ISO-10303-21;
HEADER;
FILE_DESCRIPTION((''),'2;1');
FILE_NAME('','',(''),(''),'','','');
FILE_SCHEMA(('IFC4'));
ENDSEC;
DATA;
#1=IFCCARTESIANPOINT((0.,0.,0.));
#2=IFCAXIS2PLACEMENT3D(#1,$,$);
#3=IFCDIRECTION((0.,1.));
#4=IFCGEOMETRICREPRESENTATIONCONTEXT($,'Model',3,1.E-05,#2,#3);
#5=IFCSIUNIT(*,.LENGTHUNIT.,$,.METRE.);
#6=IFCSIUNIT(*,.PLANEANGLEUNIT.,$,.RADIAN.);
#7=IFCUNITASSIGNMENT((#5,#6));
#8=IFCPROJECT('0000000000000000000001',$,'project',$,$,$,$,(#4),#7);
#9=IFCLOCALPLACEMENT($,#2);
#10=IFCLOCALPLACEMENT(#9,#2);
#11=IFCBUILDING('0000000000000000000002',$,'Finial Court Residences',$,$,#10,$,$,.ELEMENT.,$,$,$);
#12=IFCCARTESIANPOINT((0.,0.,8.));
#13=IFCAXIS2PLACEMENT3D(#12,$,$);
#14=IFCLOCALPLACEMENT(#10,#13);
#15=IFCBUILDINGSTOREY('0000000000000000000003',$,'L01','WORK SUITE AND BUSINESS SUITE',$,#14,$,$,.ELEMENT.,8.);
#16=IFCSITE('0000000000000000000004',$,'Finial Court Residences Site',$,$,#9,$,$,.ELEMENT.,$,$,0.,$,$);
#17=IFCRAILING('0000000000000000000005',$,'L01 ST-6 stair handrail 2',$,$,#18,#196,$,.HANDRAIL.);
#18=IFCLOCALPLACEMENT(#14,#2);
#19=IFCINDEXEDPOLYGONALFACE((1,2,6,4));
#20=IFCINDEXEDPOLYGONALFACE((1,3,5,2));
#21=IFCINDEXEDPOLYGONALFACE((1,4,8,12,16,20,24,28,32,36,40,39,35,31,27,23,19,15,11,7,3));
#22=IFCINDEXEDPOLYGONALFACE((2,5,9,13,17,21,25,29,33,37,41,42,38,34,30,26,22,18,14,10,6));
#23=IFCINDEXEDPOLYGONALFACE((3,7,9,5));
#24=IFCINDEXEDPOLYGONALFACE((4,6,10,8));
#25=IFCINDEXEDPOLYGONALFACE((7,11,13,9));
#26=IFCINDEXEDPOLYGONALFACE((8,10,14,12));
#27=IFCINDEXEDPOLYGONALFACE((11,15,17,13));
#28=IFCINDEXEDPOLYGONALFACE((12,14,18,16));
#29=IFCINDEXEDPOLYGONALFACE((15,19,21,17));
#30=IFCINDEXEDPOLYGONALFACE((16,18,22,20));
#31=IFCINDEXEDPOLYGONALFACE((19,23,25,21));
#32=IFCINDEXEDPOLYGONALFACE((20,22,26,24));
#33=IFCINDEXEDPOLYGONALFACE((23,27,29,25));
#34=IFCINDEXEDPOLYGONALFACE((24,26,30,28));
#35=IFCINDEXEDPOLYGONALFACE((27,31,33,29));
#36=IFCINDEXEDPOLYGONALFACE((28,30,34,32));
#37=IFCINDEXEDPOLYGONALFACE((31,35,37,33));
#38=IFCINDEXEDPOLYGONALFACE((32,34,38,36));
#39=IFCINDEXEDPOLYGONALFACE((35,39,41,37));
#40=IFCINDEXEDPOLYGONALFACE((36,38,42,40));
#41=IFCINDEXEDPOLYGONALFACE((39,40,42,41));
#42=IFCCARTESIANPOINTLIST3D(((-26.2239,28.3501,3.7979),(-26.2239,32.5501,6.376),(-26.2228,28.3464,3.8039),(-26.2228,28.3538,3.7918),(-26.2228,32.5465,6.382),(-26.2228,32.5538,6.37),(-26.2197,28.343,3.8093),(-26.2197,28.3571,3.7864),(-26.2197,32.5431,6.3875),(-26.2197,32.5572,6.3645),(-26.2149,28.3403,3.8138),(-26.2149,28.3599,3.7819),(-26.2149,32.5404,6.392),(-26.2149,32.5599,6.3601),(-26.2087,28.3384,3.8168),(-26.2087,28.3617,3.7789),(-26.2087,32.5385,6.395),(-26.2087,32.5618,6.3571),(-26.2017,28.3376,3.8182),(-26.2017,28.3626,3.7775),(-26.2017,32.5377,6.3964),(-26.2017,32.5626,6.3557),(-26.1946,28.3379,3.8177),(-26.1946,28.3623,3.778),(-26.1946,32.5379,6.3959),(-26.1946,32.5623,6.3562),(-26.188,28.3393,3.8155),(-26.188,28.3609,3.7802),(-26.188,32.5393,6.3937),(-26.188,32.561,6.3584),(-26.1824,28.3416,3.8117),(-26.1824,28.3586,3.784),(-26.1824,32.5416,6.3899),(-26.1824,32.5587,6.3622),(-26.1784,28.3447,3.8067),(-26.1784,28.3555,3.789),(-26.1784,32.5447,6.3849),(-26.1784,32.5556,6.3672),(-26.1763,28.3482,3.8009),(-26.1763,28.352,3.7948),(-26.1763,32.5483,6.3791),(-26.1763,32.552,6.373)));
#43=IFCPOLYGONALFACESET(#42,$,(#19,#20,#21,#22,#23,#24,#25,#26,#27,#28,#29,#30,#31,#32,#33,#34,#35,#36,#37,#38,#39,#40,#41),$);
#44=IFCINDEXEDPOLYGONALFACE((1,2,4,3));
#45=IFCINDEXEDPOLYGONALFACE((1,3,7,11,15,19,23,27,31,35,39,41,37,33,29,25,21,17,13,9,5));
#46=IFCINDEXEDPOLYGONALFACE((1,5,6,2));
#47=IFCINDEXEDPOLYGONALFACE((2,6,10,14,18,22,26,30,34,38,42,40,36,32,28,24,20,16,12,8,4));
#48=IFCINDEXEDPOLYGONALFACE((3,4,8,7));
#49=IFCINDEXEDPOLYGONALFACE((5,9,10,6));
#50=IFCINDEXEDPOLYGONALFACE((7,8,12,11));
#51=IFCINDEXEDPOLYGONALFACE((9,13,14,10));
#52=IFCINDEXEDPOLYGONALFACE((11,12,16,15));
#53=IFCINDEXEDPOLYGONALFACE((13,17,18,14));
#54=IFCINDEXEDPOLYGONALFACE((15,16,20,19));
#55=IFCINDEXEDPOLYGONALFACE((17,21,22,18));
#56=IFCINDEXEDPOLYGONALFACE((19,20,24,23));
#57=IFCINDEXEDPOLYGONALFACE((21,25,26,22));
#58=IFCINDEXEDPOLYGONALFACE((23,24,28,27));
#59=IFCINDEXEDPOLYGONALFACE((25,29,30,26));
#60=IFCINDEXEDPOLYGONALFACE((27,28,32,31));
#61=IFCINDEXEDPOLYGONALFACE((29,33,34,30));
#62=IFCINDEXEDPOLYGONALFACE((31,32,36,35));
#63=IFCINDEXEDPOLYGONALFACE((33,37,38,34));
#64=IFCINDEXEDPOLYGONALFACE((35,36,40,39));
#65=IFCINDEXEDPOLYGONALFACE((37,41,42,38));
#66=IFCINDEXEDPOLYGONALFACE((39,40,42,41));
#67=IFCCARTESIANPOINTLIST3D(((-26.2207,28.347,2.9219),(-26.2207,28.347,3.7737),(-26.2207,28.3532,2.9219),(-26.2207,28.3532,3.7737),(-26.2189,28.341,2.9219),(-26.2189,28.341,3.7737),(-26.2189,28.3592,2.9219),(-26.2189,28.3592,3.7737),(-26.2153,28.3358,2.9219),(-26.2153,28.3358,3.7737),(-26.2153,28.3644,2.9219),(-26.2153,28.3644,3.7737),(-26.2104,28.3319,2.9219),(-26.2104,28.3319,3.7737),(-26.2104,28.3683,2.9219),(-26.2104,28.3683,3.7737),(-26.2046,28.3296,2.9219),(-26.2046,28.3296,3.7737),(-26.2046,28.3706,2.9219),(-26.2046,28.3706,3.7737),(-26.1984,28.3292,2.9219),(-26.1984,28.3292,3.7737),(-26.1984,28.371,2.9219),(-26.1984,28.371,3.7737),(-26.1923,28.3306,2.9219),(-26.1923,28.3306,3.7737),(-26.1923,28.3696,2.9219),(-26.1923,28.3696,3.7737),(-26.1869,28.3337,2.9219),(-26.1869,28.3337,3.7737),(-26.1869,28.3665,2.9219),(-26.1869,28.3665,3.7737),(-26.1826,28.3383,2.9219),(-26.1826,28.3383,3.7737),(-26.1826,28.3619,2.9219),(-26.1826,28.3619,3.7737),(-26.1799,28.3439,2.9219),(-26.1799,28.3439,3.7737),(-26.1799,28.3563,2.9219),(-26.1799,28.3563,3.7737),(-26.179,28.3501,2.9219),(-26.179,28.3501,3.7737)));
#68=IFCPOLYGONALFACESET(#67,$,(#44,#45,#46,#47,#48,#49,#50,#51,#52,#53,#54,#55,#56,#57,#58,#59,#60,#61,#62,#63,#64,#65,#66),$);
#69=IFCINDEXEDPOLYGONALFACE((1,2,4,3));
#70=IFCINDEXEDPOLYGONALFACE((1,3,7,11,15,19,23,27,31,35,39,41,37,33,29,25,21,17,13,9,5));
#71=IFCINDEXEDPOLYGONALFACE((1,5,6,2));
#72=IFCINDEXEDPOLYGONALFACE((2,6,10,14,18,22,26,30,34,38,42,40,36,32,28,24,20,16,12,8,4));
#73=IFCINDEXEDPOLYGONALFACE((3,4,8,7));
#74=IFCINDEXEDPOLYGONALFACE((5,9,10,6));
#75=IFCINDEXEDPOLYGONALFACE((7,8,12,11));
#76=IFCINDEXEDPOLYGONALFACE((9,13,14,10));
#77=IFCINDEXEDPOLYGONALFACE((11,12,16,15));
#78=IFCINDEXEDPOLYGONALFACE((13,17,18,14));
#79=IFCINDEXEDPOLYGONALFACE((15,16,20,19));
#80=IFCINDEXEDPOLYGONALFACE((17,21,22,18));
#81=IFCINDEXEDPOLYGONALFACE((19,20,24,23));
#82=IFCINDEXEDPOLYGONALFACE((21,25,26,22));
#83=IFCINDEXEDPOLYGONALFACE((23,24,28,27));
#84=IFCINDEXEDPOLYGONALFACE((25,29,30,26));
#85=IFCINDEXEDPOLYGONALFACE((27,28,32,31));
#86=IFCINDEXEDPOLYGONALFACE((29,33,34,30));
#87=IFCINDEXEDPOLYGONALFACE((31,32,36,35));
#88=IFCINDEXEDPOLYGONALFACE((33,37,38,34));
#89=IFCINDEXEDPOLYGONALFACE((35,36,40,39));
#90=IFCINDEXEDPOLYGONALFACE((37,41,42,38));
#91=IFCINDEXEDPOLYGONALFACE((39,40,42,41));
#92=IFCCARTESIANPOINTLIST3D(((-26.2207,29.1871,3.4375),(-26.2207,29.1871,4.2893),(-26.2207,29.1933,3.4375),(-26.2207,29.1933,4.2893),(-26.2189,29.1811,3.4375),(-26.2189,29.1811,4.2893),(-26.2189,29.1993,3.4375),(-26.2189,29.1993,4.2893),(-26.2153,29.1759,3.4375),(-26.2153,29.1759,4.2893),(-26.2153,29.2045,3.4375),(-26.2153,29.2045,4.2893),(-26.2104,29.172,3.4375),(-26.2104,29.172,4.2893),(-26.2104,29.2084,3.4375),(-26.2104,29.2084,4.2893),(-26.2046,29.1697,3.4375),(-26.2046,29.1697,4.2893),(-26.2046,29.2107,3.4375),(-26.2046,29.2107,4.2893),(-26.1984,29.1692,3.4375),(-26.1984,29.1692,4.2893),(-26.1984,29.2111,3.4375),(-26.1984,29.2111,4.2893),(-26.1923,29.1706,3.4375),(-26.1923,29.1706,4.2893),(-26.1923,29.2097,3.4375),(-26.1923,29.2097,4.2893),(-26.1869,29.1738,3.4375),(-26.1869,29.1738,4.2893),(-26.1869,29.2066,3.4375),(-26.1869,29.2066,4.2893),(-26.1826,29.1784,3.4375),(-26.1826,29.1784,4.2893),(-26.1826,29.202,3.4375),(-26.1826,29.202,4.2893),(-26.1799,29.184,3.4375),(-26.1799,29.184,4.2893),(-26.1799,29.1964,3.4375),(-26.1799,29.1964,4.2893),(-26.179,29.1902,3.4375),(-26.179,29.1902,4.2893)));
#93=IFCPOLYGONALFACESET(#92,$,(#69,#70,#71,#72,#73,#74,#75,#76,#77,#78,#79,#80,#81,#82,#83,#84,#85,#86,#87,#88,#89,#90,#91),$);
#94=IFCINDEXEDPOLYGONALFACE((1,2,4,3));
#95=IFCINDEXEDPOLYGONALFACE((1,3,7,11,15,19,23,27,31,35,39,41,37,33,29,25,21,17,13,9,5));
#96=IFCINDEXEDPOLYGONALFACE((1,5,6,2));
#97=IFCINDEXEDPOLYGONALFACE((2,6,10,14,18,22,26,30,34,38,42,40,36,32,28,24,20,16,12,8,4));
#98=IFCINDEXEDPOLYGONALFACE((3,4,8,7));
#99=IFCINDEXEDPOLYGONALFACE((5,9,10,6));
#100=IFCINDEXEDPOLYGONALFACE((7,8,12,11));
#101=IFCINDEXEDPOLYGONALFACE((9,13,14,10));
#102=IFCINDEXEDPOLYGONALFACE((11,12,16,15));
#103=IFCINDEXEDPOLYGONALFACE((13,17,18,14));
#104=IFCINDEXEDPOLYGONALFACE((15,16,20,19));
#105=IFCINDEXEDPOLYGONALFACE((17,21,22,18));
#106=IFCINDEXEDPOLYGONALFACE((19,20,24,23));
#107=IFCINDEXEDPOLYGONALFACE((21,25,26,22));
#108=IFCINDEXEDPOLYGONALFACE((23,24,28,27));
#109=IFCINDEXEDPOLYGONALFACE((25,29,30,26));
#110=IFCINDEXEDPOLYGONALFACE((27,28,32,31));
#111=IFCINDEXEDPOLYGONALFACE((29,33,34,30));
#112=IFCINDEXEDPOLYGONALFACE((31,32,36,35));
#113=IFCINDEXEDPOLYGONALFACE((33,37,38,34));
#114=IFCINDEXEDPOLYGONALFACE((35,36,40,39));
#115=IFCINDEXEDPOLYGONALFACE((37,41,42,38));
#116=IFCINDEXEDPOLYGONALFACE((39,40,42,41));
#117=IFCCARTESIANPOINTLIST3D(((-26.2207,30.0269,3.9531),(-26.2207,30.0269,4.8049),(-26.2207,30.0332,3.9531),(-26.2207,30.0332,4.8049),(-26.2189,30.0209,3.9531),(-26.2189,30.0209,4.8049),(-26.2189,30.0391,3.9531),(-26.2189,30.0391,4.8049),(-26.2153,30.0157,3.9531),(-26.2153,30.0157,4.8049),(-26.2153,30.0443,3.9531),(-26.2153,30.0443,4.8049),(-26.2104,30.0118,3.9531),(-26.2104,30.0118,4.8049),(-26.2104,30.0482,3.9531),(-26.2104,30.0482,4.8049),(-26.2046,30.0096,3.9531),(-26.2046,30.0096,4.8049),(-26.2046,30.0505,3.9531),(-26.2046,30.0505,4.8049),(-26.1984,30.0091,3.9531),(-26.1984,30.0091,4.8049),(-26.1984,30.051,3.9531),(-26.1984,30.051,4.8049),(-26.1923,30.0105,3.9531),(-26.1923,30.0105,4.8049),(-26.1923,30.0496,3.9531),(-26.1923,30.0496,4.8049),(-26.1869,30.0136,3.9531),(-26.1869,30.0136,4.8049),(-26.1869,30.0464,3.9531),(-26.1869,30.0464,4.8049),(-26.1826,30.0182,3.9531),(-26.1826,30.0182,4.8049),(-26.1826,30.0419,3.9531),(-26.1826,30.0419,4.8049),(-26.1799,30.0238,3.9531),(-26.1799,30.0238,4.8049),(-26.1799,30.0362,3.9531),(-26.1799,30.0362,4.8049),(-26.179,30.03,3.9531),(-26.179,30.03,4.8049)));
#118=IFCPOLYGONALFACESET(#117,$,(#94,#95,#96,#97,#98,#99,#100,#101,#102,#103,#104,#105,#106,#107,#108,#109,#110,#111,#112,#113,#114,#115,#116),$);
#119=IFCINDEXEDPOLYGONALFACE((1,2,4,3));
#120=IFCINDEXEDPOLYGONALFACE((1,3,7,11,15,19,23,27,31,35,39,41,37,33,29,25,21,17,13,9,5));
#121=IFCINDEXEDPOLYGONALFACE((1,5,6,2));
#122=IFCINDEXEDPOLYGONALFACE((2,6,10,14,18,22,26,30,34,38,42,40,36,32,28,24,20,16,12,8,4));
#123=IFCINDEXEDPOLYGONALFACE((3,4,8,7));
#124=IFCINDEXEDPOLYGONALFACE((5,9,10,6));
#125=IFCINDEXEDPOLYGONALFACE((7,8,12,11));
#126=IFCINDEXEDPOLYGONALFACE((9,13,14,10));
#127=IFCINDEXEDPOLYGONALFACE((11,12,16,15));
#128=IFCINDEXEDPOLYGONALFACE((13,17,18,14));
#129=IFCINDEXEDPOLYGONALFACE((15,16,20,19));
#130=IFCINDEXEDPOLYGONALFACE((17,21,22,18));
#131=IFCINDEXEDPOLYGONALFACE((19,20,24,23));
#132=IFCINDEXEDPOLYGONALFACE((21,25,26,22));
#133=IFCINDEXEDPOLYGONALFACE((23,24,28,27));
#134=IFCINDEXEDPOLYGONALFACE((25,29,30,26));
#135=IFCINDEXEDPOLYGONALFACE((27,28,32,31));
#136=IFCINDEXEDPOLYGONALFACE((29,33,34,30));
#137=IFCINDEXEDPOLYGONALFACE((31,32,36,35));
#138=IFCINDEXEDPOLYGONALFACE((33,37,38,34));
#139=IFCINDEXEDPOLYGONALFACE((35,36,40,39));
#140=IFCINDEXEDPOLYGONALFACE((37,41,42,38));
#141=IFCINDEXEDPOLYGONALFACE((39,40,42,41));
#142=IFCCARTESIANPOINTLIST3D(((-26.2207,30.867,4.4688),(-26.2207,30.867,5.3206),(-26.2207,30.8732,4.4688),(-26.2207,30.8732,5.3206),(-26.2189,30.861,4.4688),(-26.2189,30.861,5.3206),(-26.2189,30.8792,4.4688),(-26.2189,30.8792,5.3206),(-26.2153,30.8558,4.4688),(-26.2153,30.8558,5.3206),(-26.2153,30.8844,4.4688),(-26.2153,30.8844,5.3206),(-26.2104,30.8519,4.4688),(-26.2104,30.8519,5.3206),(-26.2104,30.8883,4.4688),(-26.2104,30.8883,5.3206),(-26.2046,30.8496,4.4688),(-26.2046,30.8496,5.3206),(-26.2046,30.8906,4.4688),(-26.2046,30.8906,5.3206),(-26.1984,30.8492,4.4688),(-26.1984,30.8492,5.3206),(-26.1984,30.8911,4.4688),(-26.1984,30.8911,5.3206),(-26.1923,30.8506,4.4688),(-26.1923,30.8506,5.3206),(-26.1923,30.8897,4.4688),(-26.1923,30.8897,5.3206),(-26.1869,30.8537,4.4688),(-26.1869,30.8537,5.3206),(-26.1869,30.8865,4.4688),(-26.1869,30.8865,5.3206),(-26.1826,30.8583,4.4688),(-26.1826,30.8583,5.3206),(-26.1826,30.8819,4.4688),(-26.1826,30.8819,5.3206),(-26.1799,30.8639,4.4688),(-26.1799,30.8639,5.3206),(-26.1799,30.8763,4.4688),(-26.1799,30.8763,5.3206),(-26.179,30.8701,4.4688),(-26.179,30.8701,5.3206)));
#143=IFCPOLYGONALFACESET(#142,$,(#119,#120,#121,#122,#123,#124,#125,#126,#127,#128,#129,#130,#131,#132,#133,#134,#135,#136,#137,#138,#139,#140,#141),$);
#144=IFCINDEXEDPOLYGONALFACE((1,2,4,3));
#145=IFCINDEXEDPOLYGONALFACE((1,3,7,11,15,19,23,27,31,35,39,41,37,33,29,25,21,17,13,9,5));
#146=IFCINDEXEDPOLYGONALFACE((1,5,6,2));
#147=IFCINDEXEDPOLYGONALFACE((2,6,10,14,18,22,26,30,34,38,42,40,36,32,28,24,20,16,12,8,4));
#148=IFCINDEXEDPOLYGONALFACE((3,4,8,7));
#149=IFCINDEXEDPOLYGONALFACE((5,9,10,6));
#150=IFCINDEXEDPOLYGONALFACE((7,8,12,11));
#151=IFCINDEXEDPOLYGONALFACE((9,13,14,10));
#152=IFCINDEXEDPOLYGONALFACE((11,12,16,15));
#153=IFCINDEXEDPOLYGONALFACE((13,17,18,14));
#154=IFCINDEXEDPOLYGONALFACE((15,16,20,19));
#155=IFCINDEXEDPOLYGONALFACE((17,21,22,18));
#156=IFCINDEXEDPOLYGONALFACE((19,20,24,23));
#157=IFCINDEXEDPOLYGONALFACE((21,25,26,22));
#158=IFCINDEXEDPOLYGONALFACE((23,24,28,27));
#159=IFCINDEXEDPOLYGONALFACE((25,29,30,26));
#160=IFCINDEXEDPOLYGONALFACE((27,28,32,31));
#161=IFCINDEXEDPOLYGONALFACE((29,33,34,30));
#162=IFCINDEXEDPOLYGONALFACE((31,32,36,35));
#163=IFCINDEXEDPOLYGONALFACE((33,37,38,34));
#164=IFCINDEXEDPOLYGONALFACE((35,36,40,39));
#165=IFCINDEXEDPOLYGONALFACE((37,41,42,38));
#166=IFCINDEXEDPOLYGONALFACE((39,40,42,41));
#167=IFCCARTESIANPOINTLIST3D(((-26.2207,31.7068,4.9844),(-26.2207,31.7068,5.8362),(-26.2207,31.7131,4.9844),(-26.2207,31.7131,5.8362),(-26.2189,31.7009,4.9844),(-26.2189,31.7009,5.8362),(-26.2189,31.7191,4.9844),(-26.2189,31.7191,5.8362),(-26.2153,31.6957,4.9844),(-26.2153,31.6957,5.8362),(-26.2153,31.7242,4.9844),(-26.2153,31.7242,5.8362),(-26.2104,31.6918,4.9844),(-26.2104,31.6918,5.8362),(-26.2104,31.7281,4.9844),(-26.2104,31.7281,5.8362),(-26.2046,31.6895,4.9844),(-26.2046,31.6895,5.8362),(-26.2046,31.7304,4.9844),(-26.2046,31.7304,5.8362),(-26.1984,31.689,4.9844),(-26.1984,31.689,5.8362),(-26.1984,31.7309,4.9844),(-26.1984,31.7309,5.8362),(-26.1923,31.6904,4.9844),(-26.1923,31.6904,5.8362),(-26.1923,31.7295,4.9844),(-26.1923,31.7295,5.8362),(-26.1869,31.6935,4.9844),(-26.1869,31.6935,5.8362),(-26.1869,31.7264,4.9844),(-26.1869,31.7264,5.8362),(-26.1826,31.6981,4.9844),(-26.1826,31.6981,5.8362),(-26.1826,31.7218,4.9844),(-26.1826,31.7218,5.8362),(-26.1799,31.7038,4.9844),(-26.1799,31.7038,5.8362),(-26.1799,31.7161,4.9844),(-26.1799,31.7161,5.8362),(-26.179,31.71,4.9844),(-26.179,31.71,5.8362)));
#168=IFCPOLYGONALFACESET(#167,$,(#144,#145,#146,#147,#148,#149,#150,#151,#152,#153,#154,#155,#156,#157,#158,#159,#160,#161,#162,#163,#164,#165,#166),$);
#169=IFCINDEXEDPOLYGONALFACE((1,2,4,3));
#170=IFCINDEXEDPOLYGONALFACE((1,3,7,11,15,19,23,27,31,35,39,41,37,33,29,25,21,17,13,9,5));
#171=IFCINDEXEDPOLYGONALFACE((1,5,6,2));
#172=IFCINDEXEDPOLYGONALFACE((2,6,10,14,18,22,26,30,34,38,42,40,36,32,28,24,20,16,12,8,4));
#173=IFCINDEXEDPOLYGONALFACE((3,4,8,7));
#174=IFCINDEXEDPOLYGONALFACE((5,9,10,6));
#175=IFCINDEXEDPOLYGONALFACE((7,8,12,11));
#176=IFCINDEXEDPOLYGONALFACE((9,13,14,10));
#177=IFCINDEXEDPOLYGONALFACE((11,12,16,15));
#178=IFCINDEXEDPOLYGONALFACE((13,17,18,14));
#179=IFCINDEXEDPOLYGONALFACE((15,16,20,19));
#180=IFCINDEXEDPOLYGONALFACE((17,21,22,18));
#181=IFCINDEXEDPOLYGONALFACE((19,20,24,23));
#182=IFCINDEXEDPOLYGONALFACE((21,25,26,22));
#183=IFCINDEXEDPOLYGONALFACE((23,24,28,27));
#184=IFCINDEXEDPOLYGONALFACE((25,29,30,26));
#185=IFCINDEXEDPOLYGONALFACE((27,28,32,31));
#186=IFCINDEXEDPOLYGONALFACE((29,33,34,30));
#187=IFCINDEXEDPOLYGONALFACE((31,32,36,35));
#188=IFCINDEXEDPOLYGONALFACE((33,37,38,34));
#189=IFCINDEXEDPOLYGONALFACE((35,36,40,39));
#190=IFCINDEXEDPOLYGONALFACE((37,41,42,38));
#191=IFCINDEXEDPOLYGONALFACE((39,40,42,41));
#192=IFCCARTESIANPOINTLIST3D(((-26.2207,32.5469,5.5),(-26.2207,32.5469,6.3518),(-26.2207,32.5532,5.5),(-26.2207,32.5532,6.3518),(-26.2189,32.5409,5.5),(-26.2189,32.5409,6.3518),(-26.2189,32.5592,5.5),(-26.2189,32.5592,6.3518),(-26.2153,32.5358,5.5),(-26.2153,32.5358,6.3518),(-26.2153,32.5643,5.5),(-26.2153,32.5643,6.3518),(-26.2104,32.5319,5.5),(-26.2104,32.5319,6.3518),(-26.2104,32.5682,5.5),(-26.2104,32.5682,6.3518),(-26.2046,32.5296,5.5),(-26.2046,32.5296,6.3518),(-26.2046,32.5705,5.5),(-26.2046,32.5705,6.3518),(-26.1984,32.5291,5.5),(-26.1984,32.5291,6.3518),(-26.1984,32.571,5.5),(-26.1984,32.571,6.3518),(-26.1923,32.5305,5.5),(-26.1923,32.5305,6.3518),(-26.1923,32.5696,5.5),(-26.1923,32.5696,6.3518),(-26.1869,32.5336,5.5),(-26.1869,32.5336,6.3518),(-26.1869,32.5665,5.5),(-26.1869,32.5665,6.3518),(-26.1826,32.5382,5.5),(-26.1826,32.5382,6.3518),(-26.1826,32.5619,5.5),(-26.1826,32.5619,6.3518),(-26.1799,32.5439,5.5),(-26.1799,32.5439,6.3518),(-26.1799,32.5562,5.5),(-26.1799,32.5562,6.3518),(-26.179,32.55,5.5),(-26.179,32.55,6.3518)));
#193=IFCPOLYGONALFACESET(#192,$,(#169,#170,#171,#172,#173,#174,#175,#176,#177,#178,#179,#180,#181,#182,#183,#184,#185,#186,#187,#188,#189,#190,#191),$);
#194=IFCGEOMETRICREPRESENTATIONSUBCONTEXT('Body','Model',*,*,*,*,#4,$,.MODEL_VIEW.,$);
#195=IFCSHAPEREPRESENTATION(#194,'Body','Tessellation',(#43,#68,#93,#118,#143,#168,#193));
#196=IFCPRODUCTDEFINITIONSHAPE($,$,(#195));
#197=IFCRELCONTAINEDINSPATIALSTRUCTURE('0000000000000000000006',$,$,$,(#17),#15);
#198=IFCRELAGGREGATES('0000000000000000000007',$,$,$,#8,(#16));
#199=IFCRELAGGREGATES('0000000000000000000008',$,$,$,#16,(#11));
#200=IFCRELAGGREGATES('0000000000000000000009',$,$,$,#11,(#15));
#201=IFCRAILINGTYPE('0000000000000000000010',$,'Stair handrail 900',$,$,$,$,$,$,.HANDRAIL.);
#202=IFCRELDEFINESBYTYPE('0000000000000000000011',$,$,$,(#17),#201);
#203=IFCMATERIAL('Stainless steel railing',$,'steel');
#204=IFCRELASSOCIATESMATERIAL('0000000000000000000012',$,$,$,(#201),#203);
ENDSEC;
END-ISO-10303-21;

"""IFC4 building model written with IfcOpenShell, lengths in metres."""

from ifc_helpers import new_model, si_unit, direction, frame, origin, origin_2d, place, context, subcontext, project, spatial, circle, extrude, material, type_object, element, save


model = new_model("IFC4")

# Units and contexts
model_context = context("Model", 3, precision=1e-05, world=origin(), true_north=direction((0.0, 1.0)))
body_context = subcontext(model_context, "Body", "Model", "MODEL_VIEW")
ifc_project = project(units=[si_unit("LENGTHUNIT", "METRE"), si_unit("PLANEANGLEUNIT", "RADIAN")], contexts=[model_context])

# Site, building, storey
site_placement = place(None, origin())
site = spatial("IfcSite", under=ifc_project, at=site_placement, Name="Finial Court Residences Site", CompositionType="ELEMENT", RefElevation=0.0)
building_placement = place(site_placement, origin())
building = spatial("IfcBuilding", under=site, at=building_placement, Name="Finial Court Residences", CompositionType="ELEMENT")
storey_placement = place(building_placement, frame((0.0, 0.0, 8.0)))
storey = spatial("IfcBuildingStorey", under=building, at=storey_placement, Name="L01", Description="WORK SUITE AND BUSINESS SUITE", CompositionType="ELEMENT", Elevation=8.0)

# Railing
ifc_material_1 = material(Name="Stainless steel railing", Category="steel")
railing_type = type_object("IfcRailingType", Name="Stair handrail 900", PredefinedType="HANDRAIL", material=ifc_material_1)
railing_placement = place(storey_placement, frame((-26.2, 28.3501, 2.9219)))
element("IfcRailing", 1, at=railing_placement, inside=storey, type_object=railing_type, Name="L01 ST-6 stair handrail 2", PredefinedType="HANDRAIL", context=body_context, shape_type="SweptSolid", body=[
    extrude(circle(Radius=0.0239, at=origin_2d()), frame((0.0, 0.0, 0.876), z_axis=(0.0, 0.852243, 0.523146), x_axis=(-1.0, 0.0, 0.0)), (0.0, 0.0, 1.0), 4.9282),
    extrude(circle(Radius=0.021, at=origin_2d()), origin(), (0.0, 0.0, 1.0), 0.8518),
    extrude(circle(Radius=0.021, at=origin_2d()), frame((0.0, 0.8401, 0.5156)), (0.0, 0.0, 1.0), 0.8518),
    extrude(circle(Radius=0.021, at=origin_2d()), frame((0.0, 1.6799, 1.0312)), (0.0, 0.0, 1.0), 0.8518),
    extrude(circle(Radius=0.021, at=origin_2d()), frame((0.0, 2.52, 1.5469)), (0.0, 0.0, 1.0), 0.8518),
    extrude(circle(Radius=0.021, at=origin_2d()), frame((0.0, 3.3599, 2.0625)), (0.0, 0.0, 1.0), 0.8518),
    extrude(circle(Radius=0.021, at=origin_2d()), frame((0.0, 4.2, 2.5781)), (0.0, 0.0, 1.0), 0.8518),
])

save(model, "model.ifc")
